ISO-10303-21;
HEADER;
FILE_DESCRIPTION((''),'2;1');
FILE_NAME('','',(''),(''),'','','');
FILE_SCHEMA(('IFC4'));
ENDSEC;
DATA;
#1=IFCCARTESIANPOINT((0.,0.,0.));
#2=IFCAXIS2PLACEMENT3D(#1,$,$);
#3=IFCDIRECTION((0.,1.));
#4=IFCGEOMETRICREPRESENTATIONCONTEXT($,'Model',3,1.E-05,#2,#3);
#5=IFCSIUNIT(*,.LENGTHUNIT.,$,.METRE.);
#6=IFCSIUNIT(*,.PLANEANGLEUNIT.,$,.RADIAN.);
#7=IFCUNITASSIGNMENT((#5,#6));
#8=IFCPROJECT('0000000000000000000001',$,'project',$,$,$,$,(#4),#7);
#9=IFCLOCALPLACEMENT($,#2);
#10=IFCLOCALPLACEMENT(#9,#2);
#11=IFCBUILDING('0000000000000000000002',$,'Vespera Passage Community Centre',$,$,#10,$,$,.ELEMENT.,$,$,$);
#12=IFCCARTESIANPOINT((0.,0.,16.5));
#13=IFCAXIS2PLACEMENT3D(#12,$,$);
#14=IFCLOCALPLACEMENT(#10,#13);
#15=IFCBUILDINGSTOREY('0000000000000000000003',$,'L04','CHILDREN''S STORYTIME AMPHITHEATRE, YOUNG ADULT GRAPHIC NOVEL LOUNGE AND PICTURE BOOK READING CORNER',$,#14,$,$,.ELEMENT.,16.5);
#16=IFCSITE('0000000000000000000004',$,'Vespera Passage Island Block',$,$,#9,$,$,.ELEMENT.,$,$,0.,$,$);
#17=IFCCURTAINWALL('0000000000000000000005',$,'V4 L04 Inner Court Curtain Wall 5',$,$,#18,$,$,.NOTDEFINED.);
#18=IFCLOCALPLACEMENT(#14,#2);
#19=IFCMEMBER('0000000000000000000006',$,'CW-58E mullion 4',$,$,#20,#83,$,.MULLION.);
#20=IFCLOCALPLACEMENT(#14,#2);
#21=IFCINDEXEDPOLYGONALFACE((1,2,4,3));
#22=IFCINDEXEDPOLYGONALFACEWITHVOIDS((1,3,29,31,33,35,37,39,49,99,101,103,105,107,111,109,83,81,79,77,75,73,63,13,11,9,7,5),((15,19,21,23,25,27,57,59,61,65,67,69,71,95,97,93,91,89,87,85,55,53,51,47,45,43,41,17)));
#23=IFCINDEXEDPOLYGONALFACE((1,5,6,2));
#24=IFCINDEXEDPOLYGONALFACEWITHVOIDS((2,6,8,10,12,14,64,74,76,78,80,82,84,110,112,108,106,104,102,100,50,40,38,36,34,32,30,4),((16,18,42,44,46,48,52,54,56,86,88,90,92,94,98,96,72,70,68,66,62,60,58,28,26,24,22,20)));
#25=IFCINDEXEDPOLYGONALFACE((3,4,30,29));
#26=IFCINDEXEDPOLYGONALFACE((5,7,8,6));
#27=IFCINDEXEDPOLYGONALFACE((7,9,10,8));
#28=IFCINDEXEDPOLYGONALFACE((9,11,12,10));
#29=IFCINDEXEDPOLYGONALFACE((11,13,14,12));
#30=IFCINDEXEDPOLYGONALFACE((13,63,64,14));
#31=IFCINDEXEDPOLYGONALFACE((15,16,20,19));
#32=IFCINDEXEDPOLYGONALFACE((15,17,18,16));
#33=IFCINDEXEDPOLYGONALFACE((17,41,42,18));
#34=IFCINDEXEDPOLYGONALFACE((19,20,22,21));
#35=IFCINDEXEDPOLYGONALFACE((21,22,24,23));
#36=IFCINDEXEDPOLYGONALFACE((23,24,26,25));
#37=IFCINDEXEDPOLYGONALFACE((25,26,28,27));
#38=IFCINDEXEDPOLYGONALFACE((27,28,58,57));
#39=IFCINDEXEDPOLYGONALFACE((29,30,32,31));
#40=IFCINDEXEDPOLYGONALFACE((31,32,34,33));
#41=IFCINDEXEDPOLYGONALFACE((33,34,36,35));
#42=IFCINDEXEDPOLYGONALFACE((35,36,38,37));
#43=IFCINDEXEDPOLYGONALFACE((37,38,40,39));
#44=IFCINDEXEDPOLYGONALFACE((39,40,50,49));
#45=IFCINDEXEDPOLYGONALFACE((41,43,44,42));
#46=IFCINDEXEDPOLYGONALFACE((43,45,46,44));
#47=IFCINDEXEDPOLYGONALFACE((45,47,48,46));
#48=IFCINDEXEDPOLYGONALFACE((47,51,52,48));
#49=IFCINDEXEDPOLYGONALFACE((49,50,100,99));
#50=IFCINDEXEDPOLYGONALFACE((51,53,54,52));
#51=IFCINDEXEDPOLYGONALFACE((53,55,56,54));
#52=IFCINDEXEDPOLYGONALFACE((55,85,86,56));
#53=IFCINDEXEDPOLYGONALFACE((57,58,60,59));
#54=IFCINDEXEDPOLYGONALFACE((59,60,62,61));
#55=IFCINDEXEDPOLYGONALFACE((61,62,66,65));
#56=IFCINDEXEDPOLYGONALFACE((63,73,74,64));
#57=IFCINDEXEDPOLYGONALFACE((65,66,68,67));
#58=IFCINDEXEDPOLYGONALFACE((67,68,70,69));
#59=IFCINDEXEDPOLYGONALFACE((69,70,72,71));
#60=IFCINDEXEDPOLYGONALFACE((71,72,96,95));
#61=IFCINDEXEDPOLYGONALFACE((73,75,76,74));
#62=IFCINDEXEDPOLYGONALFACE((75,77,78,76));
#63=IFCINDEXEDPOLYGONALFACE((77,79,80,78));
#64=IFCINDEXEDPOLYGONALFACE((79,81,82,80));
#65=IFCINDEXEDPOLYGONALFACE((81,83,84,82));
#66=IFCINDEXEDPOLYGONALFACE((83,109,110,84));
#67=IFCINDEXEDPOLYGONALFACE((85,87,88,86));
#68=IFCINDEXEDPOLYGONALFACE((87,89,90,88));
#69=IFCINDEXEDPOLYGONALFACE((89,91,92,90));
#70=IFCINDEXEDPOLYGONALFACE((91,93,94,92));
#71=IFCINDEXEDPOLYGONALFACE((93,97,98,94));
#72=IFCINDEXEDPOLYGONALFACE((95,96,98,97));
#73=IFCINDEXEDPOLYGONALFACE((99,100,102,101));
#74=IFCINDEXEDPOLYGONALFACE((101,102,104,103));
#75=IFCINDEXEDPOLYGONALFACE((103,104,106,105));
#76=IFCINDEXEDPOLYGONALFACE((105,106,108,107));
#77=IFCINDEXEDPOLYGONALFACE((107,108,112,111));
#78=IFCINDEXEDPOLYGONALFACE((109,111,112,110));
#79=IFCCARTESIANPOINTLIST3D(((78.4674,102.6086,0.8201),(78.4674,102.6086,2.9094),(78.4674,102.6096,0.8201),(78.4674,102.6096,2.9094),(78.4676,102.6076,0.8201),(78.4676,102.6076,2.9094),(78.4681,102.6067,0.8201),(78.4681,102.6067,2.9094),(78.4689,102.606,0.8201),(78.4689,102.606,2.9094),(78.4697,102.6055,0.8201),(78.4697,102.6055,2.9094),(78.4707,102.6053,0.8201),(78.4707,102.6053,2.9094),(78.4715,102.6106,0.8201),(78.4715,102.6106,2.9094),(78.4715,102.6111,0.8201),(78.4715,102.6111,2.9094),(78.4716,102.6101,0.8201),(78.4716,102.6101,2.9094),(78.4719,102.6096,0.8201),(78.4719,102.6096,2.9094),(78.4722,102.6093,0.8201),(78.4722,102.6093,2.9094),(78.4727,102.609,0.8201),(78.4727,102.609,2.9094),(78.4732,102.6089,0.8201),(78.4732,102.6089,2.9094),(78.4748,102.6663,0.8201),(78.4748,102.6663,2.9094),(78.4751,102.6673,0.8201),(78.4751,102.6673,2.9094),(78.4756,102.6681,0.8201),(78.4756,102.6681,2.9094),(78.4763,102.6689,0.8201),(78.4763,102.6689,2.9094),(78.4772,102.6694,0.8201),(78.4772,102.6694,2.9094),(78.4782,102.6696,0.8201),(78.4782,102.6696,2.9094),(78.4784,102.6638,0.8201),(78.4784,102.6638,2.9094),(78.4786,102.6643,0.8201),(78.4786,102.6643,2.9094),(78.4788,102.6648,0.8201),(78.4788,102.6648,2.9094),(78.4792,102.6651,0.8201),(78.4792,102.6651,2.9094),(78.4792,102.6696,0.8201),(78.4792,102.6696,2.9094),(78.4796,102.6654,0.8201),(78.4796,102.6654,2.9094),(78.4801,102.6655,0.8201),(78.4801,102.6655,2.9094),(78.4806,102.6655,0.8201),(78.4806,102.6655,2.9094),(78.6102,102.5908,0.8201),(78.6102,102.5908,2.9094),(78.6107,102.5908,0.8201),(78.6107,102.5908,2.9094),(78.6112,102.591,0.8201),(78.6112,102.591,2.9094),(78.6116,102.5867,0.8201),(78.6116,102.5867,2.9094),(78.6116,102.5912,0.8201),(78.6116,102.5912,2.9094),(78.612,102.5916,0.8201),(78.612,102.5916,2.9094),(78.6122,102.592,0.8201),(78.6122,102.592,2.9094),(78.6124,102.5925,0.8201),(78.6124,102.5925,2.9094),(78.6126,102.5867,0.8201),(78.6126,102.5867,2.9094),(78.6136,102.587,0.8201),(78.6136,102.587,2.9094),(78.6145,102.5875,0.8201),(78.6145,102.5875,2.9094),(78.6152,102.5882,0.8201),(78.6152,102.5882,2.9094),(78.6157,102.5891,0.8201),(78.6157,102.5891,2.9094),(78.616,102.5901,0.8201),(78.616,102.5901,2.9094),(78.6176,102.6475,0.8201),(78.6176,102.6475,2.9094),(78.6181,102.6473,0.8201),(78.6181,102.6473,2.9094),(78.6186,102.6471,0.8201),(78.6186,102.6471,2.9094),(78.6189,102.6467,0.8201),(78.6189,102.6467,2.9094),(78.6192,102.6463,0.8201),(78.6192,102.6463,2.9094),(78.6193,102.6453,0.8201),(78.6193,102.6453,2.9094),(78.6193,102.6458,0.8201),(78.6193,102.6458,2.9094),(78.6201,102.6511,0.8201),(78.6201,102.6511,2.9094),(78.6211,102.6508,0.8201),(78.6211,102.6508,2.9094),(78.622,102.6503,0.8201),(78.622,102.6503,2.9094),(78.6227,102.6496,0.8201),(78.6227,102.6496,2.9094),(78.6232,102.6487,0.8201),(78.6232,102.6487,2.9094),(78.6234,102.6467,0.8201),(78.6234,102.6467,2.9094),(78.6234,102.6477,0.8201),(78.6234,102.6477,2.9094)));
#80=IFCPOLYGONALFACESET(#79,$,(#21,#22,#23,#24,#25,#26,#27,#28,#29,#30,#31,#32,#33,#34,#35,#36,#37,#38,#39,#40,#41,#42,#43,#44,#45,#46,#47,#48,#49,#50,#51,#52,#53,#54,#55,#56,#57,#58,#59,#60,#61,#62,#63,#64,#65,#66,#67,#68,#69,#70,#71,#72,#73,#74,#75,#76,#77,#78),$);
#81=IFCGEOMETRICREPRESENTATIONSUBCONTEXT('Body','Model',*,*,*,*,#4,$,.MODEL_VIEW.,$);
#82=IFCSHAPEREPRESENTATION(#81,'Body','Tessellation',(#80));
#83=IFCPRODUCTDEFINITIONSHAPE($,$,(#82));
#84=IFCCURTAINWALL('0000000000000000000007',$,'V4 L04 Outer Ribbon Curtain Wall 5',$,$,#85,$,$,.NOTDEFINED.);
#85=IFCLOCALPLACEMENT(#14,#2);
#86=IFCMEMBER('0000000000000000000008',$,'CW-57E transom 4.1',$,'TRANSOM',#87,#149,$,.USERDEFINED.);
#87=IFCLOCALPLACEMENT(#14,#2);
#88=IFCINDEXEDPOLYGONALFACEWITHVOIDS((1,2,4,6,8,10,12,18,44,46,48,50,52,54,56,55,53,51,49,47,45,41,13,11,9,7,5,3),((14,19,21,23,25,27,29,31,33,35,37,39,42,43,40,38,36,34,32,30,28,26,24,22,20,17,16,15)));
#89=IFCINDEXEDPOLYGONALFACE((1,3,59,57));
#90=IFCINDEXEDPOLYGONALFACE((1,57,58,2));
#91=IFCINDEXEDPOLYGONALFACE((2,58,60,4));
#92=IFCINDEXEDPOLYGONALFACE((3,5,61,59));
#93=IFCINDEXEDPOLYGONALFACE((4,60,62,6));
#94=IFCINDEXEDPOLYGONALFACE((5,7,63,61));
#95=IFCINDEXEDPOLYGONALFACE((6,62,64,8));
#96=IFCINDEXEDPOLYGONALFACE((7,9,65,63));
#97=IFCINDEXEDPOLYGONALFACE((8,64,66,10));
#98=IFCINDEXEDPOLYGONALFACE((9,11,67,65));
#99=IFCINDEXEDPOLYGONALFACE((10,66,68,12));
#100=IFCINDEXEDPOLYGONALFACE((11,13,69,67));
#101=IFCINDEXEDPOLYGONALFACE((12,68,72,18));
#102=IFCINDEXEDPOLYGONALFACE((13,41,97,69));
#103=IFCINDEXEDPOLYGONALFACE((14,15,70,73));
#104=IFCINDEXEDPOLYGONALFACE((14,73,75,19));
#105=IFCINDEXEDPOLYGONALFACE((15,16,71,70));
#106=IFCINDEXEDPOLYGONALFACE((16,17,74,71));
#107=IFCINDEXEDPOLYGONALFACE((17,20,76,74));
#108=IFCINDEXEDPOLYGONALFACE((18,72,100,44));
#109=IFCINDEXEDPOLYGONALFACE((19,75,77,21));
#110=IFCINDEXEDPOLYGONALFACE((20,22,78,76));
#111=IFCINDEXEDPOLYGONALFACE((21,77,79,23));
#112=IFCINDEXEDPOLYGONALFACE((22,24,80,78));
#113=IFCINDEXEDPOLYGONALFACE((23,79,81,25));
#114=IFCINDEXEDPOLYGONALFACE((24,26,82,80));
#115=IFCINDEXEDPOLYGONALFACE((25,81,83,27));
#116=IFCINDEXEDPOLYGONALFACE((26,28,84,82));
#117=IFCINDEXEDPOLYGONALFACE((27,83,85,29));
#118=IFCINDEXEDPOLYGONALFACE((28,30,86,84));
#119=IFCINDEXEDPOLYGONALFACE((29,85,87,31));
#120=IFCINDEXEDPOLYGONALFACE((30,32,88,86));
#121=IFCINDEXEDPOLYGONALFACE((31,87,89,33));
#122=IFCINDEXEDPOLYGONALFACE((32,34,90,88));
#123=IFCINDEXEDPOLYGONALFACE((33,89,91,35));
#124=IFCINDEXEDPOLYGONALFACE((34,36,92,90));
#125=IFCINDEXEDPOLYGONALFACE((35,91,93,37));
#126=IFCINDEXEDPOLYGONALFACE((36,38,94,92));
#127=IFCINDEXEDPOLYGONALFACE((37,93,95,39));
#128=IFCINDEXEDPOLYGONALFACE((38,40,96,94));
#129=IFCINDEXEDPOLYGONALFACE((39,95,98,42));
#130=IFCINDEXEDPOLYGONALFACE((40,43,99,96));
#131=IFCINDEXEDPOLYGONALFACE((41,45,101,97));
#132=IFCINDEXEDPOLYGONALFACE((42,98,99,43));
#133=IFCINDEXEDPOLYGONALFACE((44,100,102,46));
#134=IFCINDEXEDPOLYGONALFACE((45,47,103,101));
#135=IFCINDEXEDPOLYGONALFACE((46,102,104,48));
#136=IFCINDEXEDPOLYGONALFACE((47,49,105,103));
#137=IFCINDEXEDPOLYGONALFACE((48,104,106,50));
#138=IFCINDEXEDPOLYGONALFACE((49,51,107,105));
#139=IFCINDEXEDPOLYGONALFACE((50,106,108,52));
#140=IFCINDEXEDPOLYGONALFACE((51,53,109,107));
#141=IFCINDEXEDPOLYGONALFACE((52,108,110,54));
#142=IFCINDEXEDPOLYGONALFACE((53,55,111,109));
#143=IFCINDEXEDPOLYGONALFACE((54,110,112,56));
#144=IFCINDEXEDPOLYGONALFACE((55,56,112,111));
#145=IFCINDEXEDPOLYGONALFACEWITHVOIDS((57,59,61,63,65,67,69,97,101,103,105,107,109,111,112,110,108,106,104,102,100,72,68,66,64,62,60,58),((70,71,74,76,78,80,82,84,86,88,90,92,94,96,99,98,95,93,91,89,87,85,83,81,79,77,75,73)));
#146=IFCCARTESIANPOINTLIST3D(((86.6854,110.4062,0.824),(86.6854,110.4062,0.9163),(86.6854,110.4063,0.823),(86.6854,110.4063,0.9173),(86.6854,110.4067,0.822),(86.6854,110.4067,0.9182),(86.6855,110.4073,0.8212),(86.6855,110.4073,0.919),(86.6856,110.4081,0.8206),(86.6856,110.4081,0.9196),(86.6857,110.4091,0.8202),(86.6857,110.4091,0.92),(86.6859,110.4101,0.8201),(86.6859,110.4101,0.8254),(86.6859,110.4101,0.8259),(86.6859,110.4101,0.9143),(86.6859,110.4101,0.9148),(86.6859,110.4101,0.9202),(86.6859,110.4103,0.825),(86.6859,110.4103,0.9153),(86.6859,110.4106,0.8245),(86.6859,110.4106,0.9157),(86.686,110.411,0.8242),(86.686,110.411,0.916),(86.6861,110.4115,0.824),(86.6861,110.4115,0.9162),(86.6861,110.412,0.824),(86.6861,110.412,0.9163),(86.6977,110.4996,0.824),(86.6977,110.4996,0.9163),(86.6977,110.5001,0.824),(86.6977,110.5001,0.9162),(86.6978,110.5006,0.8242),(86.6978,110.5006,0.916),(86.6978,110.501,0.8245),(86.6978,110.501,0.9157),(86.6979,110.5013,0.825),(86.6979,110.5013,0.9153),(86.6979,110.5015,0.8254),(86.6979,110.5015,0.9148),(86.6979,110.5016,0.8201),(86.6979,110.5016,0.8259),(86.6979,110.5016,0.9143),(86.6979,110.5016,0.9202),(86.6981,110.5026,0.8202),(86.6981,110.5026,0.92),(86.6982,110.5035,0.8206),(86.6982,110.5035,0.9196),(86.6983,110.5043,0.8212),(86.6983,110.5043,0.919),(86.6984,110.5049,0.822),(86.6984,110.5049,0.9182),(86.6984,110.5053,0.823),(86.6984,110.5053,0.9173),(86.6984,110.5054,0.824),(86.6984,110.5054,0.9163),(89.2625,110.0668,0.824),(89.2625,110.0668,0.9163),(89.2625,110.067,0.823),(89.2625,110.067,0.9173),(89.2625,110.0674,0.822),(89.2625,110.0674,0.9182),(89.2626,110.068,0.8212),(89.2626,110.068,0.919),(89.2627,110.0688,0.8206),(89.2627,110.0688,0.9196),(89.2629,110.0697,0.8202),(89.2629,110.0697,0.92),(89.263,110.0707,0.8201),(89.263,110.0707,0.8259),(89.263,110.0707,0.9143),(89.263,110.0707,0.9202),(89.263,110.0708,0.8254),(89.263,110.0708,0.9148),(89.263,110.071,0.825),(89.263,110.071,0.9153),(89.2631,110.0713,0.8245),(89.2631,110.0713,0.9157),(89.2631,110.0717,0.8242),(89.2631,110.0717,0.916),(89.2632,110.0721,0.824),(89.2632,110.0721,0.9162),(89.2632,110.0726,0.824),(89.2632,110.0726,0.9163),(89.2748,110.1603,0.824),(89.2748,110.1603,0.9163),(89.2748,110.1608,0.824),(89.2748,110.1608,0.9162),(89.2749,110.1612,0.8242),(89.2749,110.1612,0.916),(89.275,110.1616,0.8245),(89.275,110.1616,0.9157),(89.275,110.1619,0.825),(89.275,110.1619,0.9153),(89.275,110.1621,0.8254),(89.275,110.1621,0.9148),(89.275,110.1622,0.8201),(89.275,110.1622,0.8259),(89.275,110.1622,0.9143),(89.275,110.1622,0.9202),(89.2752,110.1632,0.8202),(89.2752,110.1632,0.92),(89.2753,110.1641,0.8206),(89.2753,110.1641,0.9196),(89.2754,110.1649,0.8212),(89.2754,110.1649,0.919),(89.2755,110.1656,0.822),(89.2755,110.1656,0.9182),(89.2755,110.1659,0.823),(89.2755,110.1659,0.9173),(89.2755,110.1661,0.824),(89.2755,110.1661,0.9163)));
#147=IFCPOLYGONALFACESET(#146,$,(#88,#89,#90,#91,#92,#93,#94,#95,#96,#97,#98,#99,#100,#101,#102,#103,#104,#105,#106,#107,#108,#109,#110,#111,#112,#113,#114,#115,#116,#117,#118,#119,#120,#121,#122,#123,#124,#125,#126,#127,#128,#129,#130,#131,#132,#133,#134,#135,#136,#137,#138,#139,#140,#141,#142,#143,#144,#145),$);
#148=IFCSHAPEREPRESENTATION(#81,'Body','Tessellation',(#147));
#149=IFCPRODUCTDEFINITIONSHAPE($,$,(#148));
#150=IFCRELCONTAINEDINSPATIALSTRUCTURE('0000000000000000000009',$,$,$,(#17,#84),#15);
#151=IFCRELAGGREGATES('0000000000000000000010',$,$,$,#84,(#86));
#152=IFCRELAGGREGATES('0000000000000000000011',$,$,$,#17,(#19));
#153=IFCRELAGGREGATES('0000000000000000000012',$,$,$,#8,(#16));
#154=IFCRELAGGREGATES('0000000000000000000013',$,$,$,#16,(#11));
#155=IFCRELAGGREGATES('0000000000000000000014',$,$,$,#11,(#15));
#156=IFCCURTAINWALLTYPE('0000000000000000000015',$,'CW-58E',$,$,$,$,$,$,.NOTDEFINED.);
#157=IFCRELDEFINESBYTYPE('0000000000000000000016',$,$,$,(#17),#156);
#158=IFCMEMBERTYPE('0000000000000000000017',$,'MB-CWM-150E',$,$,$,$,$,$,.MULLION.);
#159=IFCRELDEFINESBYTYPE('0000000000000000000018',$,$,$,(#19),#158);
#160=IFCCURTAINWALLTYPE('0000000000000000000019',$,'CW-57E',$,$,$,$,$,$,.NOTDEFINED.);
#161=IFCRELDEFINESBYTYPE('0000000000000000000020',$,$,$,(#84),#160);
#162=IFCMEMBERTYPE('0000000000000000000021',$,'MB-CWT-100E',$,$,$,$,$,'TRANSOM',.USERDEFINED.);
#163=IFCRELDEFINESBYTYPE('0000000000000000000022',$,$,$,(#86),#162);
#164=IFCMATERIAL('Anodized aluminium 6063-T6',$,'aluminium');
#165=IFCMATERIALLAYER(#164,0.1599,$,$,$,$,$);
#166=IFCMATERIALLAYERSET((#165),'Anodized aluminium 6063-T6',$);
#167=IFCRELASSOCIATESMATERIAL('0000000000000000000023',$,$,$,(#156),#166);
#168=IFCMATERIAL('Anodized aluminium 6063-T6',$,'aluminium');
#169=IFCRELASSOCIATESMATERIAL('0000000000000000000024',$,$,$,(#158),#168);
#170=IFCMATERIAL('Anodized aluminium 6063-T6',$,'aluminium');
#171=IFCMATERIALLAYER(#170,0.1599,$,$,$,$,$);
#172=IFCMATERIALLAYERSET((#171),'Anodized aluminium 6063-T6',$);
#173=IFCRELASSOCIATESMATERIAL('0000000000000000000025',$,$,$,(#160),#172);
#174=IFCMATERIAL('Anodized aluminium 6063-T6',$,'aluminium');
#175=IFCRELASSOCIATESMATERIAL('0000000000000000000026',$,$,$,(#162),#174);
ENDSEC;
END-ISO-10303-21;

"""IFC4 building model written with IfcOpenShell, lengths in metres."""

from ifc_helpers import new_model, si_unit, direction, frame, origin, origin_2d, place, context, subcontext, project, spatial, hollow_rectangle, extrude, material, layer, layer_set, material_profile, profile_set, type_object, element, aggregate, save


model = new_model("IFC4")

# Units and contexts
model_context = context("Model", 3, precision=1e-05, world=origin(), true_north=direction((0.0, 1.0)))
body_context = subcontext(model_context, "Body", "Model", "MODEL_VIEW")
ifc_project = project(units=[si_unit("LENGTHUNIT", "METRE"), si_unit("PLANEANGLEUNIT", "RADIAN")], contexts=[model_context])

# Site, building, storey
site_placement = place(None, origin())
site = spatial("IfcSite", under=ifc_project, at=site_placement, Name="Vespera Passage Island Block", CompositionType="ELEMENT", RefElevation=0.0)
building_placement = place(site_placement, origin())
building = spatial("IfcBuilding", under=site, at=building_placement, Name="Vespera Passage Community Centre", CompositionType="ELEMENT")
storey_placement = place(building_placement, frame((0.0, 0.0, 16.5)))
storey = spatial("IfcBuildingStorey", under=building, at=storey_placement, Name="L04", Description="CHILDREN'S STORYTIME AMPHITHEATRE, YOUNG ADULT GRAPHIC NOVEL LOUNGE AND PICTURE BOOK READING CORNER", CompositionType="ELEMENT", Elevation=16.5)

# Curtain walls, members
ifc_material_1 = material(Name="Anodized aluminium 6063-T6", Category="aluminium")
ifc_layer_1 = layer(ifc_material_1, 0.1599)
ifc_layer_set_1 = layer_set([ifc_layer_1], Name="Anodized aluminium 6063-T6")
curtain_wall_type_1 = type_object("IfcCurtainWallType", Name="CW-58E", PredefinedType="NOTDEFINED", material=ifc_layer_set_1)
curtain_wall_1_placement = place(storey_placement, origin())
curtain_wall_1 = element("IfcCurtainWall", 1, at=curtain_wall_1_placement, inside=storey, type_object=curtain_wall_type_1, Name="V4 L04 Inner Court Curtain Wall 5", PredefinedType="NOTDEFINED")
ifc_material_2 = material(Name="Anodized aluminium 6063-T6", Category="aluminium")
ifc_material_profile_1 = material_profile(ifc_material_2, hollow_rectangle(XDim=0.0649, YDim=0.1499, WallThickness=0.0039, InnerFilletRadius=0.002, OuterFilletRadius=0.0039, at=origin_2d()), Name="ALU150X65X4")
ifc_profile_set_1 = profile_set([ifc_material_profile_1], Name="Anodized aluminium 6063-T6")
member_type_1 = type_object("IfcMemberType", Name="MB-CWM-150E", PredefinedType="MULLION", material=ifc_profile_set_1)
member_1_placement = place(storey_placement, frame((78.5454, 102.6282, 0.8201), z_axis=(0.0, 0.0, 1.0), x_axis=(-0.130522, -0.991445, 0.0)))
member_1 = element("IfcMember", 2, at=member_1_placement, type_object=member_type_1, Name="CW-58E mullion 4", PredefinedType="MULLION", context=body_context, shape_type="SweptSolid", body=[
    extrude(hollow_rectangle(XDim=0.0649, YDim=0.1499, WallThickness=0.0039, InnerFilletRadius=0.002, OuterFilletRadius=0.0039, at=origin_2d()), origin(), (0.0, 0.0, 1.0), 2.0894),
])
ifc_material_3 = material(Name="Anodized aluminium 6063-T6", Category="aluminium")
ifc_layer_2 = layer(ifc_material_3, 0.1599)
ifc_layer_set_2 = layer_set([ifc_layer_2], Name="Anodized aluminium 6063-T6")
curtain_wall_type_2 = type_object("IfcCurtainWallType", Name="CW-57E", PredefinedType="NOTDEFINED", material=ifc_layer_set_2)
curtain_wall_2_placement = place(storey_placement, origin())
curtain_wall_2 = element("IfcCurtainWall", 3, at=curtain_wall_2_placement, inside=storey, type_object=curtain_wall_type_2, Name="V4 L04 Outer Ribbon Curtain Wall 5", PredefinedType="NOTDEFINED")
ifc_material_4 = material(Name="Anodized aluminium 6063-T6", Category="aluminium")
ifc_material_profile_2 = material_profile(ifc_material_4, hollow_rectangle(XDim=0.1001, YDim=0.1001, WallThickness=0.0039, InnerFilletRadius=0.002, OuterFilletRadius=0.0039, at=origin_2d()), Name="ALU100X100X4")
ifc_profile_set_2 = profile_set([ifc_material_profile_2], Name="Anodized aluminium 6063-T6")
member_type_2 = type_object("IfcMemberType", Name="MB-CWT-100E", ElementType="TRANSOM", PredefinedType="USERDEFINED", material=ifc_profile_set_2)
member_2_placement = place(storey_placement, frame((86.6919, 110.4558, 0.8701), z_axis=(0.991442, -0.130552, 0.0), x_axis=(0.130552, 0.991442, 0.0)))
member_2 = element("IfcMember", 4, at=member_2_placement, type_object=member_type_2, Name="CW-57E transom 4.1", ObjectType="TRANSOM", PredefinedType="USERDEFINED", context=body_context, shape_type="SweptSolid", body=[
    extrude(hollow_rectangle(XDim=0.1001, YDim=0.1001, WallThickness=0.0039, InnerFilletRadius=0.002, OuterFilletRadius=0.0039, at=origin_2d()), origin(), (0.0, 0.0, 1.0), 2.5994),
])
aggregate(curtain_wall_2, [member_2])

aggregate(curtain_wall_1, [member_1])

save(model, "model.ifc")
